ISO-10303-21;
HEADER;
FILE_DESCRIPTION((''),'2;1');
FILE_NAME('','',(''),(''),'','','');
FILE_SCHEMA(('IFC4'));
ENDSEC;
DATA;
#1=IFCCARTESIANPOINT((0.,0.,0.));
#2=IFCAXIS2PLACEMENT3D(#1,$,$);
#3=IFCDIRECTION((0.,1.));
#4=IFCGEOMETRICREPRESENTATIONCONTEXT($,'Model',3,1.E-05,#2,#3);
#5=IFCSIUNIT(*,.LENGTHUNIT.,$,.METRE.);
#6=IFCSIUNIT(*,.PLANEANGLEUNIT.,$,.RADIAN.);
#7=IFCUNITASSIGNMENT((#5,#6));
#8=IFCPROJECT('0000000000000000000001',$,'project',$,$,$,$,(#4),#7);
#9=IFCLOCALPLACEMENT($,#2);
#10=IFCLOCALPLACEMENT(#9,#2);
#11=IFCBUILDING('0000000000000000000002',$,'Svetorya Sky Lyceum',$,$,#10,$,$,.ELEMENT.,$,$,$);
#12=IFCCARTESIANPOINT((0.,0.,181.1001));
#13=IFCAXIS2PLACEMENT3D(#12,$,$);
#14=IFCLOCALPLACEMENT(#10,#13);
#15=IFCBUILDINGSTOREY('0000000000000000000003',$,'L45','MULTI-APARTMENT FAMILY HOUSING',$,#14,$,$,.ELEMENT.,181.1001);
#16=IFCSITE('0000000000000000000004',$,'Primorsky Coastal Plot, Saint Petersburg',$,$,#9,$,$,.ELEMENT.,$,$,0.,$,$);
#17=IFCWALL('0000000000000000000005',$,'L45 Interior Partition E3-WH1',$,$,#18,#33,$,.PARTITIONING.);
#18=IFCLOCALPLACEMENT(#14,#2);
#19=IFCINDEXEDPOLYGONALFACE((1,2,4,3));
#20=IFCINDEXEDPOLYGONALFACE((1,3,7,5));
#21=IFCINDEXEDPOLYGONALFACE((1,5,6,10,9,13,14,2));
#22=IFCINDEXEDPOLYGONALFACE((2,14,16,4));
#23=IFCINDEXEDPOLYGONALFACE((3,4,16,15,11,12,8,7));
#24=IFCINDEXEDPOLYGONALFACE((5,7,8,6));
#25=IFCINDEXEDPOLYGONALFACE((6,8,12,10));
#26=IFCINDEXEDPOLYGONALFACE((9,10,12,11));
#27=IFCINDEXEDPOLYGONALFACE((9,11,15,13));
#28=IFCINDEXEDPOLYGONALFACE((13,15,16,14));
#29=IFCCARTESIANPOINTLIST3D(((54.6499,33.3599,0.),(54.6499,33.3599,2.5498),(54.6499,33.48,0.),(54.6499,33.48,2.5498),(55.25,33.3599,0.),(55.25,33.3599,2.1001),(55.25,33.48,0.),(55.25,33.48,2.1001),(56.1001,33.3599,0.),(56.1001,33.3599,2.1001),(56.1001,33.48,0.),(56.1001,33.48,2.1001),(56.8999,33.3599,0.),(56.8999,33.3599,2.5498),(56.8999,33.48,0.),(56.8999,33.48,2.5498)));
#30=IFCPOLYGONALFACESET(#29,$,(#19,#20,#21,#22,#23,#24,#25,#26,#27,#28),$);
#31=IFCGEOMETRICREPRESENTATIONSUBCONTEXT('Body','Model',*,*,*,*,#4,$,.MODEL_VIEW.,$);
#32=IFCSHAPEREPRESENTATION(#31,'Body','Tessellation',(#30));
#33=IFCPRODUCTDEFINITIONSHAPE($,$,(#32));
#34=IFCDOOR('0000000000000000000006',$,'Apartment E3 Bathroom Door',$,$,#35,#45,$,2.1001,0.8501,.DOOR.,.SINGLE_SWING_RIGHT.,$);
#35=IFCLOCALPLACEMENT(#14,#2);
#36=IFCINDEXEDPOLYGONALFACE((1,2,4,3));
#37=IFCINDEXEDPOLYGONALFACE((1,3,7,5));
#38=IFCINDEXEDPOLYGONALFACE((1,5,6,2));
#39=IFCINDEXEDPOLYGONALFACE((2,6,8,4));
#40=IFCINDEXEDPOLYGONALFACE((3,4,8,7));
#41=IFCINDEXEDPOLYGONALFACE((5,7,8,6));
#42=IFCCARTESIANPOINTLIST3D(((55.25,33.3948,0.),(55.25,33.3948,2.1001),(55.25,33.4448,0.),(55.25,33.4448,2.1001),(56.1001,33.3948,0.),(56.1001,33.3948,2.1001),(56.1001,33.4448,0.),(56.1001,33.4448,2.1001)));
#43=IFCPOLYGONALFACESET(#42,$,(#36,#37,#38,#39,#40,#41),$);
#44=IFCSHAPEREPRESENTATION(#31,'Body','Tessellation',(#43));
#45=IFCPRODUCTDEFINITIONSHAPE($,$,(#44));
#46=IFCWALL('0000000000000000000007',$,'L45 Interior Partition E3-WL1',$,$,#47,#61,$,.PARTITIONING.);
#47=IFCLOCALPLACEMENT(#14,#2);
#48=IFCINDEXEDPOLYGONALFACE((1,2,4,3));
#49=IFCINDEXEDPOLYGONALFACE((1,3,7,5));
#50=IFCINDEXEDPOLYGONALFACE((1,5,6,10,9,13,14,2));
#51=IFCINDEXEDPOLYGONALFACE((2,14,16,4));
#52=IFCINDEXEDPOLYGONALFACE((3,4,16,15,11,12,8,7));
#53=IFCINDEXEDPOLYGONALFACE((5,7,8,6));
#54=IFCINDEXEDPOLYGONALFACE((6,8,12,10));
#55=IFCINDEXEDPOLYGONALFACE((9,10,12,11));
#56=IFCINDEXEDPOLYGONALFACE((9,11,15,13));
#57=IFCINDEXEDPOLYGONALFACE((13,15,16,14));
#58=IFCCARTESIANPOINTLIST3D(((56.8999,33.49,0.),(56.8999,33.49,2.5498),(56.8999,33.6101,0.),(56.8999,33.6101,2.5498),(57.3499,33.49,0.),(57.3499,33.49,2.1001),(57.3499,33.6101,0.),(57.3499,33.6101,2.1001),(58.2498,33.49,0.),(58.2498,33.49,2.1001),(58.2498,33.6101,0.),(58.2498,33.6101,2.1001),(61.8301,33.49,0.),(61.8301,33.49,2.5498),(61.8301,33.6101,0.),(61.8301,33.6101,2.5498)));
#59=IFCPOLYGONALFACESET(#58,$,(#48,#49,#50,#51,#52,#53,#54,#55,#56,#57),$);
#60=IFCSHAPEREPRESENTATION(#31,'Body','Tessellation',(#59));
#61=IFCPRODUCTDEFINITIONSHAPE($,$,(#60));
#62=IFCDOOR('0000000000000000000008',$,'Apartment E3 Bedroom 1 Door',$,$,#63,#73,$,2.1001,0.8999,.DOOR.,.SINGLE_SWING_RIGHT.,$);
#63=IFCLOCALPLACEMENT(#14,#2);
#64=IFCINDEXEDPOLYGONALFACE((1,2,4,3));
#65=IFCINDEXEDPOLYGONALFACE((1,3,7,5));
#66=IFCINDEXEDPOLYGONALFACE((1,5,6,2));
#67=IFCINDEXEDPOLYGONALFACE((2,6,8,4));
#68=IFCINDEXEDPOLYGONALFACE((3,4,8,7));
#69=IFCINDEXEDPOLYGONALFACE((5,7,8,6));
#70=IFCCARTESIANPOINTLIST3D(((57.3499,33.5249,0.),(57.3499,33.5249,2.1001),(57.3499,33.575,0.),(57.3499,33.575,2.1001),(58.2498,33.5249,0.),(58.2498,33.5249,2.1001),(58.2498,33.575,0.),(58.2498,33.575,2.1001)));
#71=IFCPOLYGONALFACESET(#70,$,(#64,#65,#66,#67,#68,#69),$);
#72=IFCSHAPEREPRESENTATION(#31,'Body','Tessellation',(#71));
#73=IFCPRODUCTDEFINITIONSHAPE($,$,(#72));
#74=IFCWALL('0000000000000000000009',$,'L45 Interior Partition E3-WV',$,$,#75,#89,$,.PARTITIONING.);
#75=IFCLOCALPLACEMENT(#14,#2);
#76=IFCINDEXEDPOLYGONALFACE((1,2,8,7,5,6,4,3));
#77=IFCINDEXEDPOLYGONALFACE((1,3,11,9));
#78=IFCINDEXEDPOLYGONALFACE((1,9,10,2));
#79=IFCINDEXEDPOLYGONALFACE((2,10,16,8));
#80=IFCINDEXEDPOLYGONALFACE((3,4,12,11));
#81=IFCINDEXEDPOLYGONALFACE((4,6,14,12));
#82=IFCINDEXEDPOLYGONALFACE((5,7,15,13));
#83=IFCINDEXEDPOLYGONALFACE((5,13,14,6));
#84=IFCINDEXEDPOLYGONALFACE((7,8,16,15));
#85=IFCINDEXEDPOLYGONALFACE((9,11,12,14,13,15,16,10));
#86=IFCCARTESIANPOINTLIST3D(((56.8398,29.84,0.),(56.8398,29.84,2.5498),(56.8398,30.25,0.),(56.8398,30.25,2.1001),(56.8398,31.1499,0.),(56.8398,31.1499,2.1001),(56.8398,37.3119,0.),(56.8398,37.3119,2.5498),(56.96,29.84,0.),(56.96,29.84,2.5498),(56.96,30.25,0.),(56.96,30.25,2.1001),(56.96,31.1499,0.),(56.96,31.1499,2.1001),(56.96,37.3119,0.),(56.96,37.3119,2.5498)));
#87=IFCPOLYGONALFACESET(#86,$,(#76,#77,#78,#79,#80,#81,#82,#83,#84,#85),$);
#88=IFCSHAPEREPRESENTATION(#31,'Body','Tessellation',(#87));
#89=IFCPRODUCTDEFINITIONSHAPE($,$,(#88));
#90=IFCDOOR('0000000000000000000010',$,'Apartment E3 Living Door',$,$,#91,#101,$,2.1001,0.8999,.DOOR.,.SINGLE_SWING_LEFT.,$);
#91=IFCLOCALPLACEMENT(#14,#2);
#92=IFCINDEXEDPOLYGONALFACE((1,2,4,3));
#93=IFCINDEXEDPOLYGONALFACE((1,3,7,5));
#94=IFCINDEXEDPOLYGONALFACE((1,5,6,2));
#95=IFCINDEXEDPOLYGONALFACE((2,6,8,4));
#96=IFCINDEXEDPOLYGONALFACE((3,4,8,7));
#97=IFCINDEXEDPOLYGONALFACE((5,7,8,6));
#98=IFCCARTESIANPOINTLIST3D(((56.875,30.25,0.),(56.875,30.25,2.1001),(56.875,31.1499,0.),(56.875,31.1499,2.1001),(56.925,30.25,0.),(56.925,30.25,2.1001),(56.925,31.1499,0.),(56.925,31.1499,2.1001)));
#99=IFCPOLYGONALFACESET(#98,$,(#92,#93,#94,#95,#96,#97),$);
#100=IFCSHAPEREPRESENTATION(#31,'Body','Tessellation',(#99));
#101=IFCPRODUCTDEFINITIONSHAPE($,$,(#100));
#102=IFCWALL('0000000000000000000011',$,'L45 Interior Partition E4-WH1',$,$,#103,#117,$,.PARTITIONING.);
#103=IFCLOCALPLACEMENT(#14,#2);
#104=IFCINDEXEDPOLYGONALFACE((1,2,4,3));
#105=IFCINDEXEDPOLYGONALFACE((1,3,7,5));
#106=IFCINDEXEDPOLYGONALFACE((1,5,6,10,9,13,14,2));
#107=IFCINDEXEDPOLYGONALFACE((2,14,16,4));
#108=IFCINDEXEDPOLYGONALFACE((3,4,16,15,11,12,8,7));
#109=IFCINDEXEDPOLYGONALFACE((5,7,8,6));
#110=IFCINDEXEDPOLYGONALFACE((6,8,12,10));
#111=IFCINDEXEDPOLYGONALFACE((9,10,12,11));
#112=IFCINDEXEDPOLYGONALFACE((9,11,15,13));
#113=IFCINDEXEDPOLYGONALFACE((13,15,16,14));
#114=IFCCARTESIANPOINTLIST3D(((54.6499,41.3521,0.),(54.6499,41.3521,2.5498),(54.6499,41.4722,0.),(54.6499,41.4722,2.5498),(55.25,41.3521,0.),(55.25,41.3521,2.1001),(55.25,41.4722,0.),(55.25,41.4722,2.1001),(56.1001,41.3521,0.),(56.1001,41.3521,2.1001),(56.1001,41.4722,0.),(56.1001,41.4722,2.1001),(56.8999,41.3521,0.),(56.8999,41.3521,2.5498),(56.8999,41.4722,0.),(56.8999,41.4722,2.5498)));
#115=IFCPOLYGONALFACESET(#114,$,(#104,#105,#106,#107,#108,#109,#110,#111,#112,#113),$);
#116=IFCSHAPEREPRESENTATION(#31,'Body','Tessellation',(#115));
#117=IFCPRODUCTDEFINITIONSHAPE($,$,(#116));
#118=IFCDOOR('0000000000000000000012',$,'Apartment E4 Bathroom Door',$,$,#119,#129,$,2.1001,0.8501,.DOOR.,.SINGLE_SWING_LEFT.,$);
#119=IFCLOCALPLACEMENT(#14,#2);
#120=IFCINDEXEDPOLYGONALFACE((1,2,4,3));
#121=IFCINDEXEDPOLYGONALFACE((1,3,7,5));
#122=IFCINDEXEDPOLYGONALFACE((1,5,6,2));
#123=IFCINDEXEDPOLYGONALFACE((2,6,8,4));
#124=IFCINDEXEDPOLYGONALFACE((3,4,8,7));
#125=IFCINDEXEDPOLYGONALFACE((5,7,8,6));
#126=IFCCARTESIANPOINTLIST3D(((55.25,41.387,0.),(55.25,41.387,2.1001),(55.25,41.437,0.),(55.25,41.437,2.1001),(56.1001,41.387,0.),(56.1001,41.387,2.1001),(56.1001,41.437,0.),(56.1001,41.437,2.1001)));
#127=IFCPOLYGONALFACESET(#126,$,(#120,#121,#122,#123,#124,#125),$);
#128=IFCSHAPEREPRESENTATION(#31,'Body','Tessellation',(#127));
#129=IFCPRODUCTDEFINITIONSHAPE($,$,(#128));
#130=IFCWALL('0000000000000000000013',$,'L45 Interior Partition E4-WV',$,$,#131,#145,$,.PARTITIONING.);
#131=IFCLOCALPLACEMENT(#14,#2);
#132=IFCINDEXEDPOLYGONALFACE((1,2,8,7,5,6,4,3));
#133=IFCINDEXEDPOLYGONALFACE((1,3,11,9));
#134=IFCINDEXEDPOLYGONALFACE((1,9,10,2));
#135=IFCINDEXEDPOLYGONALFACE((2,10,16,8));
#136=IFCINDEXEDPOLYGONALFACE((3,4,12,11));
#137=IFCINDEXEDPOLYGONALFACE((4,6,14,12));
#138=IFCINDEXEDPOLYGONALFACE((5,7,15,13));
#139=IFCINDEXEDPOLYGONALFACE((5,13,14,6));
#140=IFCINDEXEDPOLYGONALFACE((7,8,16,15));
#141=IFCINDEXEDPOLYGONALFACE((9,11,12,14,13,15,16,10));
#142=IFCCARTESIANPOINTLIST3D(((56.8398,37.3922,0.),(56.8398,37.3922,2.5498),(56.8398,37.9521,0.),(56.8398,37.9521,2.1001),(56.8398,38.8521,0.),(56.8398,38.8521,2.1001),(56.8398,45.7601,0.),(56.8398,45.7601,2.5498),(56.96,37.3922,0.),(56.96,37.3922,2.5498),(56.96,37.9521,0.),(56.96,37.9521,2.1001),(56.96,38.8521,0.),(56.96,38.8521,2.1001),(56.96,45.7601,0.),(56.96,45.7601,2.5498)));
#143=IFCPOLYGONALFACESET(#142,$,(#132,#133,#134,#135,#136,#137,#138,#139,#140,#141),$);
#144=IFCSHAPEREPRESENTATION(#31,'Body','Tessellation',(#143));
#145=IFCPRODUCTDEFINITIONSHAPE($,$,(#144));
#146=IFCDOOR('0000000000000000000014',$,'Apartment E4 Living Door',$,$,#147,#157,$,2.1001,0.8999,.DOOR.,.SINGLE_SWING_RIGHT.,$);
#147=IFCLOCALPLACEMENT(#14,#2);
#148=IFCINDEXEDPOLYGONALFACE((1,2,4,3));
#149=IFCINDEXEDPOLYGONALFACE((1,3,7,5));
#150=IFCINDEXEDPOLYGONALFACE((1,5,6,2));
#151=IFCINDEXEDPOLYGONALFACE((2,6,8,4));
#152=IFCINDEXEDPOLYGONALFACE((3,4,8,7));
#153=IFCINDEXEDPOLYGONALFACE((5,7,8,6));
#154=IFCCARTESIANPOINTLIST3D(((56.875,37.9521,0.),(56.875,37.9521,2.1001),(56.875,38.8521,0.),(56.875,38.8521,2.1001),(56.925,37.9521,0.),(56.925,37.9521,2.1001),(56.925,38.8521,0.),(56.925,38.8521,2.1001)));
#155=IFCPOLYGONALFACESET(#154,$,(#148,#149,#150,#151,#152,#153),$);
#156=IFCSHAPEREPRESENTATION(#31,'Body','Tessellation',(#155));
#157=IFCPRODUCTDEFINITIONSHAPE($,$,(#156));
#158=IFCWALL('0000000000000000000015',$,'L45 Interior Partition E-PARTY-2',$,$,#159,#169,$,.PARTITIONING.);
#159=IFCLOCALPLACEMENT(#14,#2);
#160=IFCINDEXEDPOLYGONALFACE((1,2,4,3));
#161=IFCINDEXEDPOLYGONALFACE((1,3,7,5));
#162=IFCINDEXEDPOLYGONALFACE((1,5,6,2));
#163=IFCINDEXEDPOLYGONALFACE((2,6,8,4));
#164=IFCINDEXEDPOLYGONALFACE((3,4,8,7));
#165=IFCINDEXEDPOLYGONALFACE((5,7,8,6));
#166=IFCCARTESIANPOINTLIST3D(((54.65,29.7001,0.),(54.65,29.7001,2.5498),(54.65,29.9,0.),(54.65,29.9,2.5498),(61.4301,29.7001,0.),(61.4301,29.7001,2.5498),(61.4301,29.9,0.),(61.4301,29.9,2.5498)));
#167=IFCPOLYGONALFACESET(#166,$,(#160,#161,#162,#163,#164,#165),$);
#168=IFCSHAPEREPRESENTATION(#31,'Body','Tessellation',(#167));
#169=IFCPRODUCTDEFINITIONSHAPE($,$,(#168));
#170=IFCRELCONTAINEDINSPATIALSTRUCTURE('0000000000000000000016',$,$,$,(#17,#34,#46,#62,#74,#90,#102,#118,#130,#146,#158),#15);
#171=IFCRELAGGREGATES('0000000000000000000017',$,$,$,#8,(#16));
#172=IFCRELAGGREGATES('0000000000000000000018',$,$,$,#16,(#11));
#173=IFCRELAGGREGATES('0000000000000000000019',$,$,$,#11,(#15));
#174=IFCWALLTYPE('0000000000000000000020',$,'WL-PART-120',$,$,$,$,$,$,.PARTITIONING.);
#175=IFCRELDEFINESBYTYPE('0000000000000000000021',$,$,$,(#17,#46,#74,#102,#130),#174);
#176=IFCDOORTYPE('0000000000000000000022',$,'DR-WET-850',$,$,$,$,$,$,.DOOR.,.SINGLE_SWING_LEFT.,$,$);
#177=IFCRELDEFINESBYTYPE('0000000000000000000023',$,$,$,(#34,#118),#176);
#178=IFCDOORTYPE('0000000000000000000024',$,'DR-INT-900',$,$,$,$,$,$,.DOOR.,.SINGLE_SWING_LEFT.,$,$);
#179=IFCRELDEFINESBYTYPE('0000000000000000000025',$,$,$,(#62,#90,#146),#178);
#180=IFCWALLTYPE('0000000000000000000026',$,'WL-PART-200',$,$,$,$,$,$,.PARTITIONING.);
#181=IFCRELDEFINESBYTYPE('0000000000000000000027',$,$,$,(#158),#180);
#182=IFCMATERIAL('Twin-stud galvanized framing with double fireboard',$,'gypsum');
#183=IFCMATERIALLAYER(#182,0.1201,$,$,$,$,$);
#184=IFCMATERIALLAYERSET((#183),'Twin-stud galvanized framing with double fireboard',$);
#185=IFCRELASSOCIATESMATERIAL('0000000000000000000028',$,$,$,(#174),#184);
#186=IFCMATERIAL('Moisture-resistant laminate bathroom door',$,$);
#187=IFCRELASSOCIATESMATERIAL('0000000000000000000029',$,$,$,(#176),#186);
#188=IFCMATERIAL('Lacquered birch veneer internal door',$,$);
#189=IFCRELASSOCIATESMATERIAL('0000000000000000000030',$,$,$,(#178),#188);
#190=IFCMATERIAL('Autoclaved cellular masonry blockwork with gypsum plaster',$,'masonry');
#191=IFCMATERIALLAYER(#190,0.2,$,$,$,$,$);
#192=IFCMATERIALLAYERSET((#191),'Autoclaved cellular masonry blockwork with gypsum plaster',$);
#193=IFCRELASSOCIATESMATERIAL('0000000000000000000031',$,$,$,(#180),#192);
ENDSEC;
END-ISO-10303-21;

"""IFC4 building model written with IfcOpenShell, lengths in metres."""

from ifc_helpers import new_model, si_unit, direction, frame, frame_2d, origin, place, context, subcontext, project, spatial, rectangle, extrude, material, layer, layer_set, type_object, element, fill, save


model = new_model("IFC4")

# Units and contexts
model_context = context("Model", 3, precision=1e-05, world=origin(), true_north=direction((0.0, 1.0)))
body_context = subcontext(model_context, "Body", "Model", "MODEL_VIEW")
ifc_project = project(units=[si_unit("LENGTHUNIT", "METRE"), si_unit("PLANEANGLEUNIT", "RADIAN")], contexts=[model_context])

# Site, building, storey
site_placement = place(None, origin())
site = spatial("IfcSite", under=ifc_project, at=site_placement, Name="Primorsky Coastal Plot, Saint Petersburg", CompositionType="ELEMENT", RefElevation=0.0)
building_placement = place(site_placement, origin())
building = spatial("IfcBuilding", under=site, at=building_placement, Name="Svetorya Sky Lyceum", CompositionType="ELEMENT")
storey_placement = place(building_placement, frame((0.0, 0.0, 181.1001)))
storey = spatial("IfcBuildingStorey", under=building, at=storey_placement, Name="L45", Description="MULTI-APARTMENT FAMILY HOUSING", CompositionType="ELEMENT", Elevation=181.1001)

# Walls, openings, doors
ifc_material_1 = material(Name="Twin-stud galvanized framing with double fireboard", Category="gypsum")
ifc_layer_1 = layer(ifc_material_1, 0.1201)
ifc_layer_set_1 = layer_set([ifc_layer_1], Name="Twin-stud galvanized framing with double fireboard")
wall_type_1 = type_object("IfcWallType", Name="WL-PART-120", PredefinedType="PARTITIONING", material=ifc_layer_set_1)
wall_1_placement = place(storey_placement, frame((54.6499, 33.4199, 0.0), z_axis=(0.0, 0.0, 1.0), x_axis=(1.0, 0.0, 0.0)))
wall_1 = element("IfcWall", 1, at=wall_1_placement, inside=storey, type_object=wall_type_1, Name="L45 Interior Partition E3-WH1", PredefinedType="PARTITIONING", context=body_context, shape_type="SweptSolid", body=[
    extrude(rectangle(XDim=2.25, YDim=0.1201, at=frame_2d((1.125, 0.0))), origin(), (0.0, 0.0, 1.0), 2.5498),
])
opening_1_placement = place(wall_1_placement, frame((0.6001, 0.0, 0.0)))
opening_1 = element("IfcOpeningElement", 2, at=opening_1_placement, cuts=wall_1, PredefinedType="OPENING", context=body_context, shape_type="SweptSolid", body=[
    extrude(rectangle(XDim=0.8501, YDim=2.1001, at=frame_2d((0.425, 1.05))), frame((0.0, 0.0701, 0.0), z_axis=(0.0, -1.0, 0.0), x_axis=(1.0, 0.0, 0.0)), (0.0, 0.0, 1.0), 0.1401),
])
ifc_material_2 = material(Name="Moisture-resistant laminate bathroom door")
door_type_1 = type_object("IfcDoorType", Name="DR-WET-850", OperationType="SINGLE_SWING_LEFT", PredefinedType="DOOR", material=ifc_material_2)
door_1_placement = place(opening_1_placement, origin())
door_1 = element("IfcDoor", 3, at=door_1_placement, inside=storey, type_object=door_type_1, Name="Apartment E3 Bathroom Door", OperationType="SINGLE_SWING_RIGHT", OverallHeight=2.1001, OverallWidth=0.8501, PredefinedType="DOOR", context=body_context, shape_type="SweptSolid", body=[
    extrude(rectangle(XDim=0.8501, YDim=2.1001, at=frame_2d((0.425, 1.05))), frame((0.0, 0.0249, 0.0), z_axis=(0.0, -1.0, 0.0), x_axis=(1.0, 0.0, 0.0)), (0.0, 0.0, 1.0), 0.05),
])
fill(opening_1, door_1)
wall_2_placement = place(storey_placement, frame((56.8999, 33.55, 0.0), z_axis=(0.0, 0.0, 1.0), x_axis=(1.0, 0.0, 0.0)))
wall_2 = element("IfcWall", 4, at=wall_2_placement, inside=storey, type_object=wall_type_1, Name="L45 Interior Partition E3-WL1", PredefinedType="PARTITIONING", context=body_context, shape_type="SweptSolid", body=[
    extrude(rectangle(XDim=4.9302, YDim=0.1201, at=frame_2d((2.4651, 0.0))), origin(), (0.0, 0.0, 1.0), 2.5498),
])
opening_2_placement = place(wall_2_placement, frame((0.45, 0.0, 0.0)))
opening_2 = element("IfcOpeningElement", 5, at=opening_2_placement, cuts=wall_2, PredefinedType="OPENING", context=body_context, shape_type="SweptSolid", body=[
    extrude(rectangle(XDim=0.8999, YDim=2.1001, at=frame_2d((0.45, 1.05))), frame((0.0, 0.0701, 0.0), z_axis=(0.0, -1.0, 0.0), x_axis=(1.0, 0.0, 0.0)), (0.0, 0.0, 1.0), 0.1401),
])
ifc_material_3 = material(Name="Lacquered birch veneer internal door")
door_type_2 = type_object("IfcDoorType", Name="DR-INT-900", OperationType="SINGLE_SWING_LEFT", PredefinedType="DOOR", material=ifc_material_3)
door_2_placement = place(opening_2_placement, origin())
door_2 = element("IfcDoor", 6, at=door_2_placement, inside=storey, type_object=door_type_2, Name="Apartment E3 Bedroom 1 Door", OperationType="SINGLE_SWING_RIGHT", OverallHeight=2.1001, OverallWidth=0.8999, PredefinedType="DOOR", context=body_context, shape_type="SweptSolid", body=[
    extrude(rectangle(XDim=0.8999, YDim=2.1001, at=frame_2d((0.45, 1.05))), frame((0.0, 0.0249, 0.0), z_axis=(0.0, -1.0, 0.0), x_axis=(1.0, 0.0, 0.0)), (0.0, 0.0, 1.0), 0.05),
])
fill(opening_2, door_2)
wall_3_placement = place(storey_placement, frame((56.8999, 29.8401, 0.0), z_axis=(0.0, 0.0, 1.0), x_axis=(0.0, 1.0, 0.0)))
wall_3 = element("IfcWall", 7, at=wall_3_placement, inside=storey, type_object=wall_type_1, Name="L45 Interior Partition E3-WV", PredefinedType="PARTITIONING", context=body_context, shape_type="SweptSolid", body=[
    extrude(rectangle(XDim=7.4719, YDim=0.1201, at=frame_2d((3.7358, 0.0))), origin(), (0.0, 0.0, 1.0), 2.5498),
])
opening_3_placement = place(wall_3_placement, frame((0.4099, 0.0, 0.0)))
opening_3 = element("IfcOpeningElement", 8, at=opening_3_placement, cuts=wall_3, PredefinedType="OPENING", context=body_context, shape_type="SweptSolid", body=[
    extrude(rectangle(XDim=0.8999, YDim=2.1001, at=frame_2d((0.45, 1.05))), frame((0.0, 0.0701, 0.0), z_axis=(0.0, -1.0, 0.0), x_axis=(1.0, 0.0, 0.0)), (0.0, 0.0, 1.0), 0.1401),
])
door_3_placement = place(opening_3_placement, origin())
door_3 = element("IfcDoor", 9, at=door_3_placement, inside=storey, type_object=door_type_2, Name="Apartment E3 Living Door", OperationType="SINGLE_SWING_LEFT", OverallHeight=2.1001, OverallWidth=0.8999, PredefinedType="DOOR", context=body_context, shape_type="SweptSolid", body=[
    extrude(rectangle(XDim=0.8999, YDim=2.1001, at=frame_2d((0.45, 1.05))), frame((0.0, 0.0249, 0.0), z_axis=(0.0, -1.0, 0.0), x_axis=(1.0, 0.0, 0.0)), (0.0, 0.0, 1.0), 0.05),
])
fill(opening_3, door_3)
wall_4_placement = place(storey_placement, frame((54.6499, 41.4121, 0.0), z_axis=(0.0, 0.0, 1.0), x_axis=(1.0, 0.0, 0.0)))
wall_4 = element("IfcWall", 10, at=wall_4_placement, inside=storey, type_object=wall_type_1, Name="L45 Interior Partition E4-WH1", PredefinedType="PARTITIONING", context=body_context, shape_type="SweptSolid", body=[
    extrude(rectangle(XDim=2.25, YDim=0.1201, at=frame_2d((1.125, 0.0))), origin(), (0.0, 0.0, 1.0), 2.5498),
])
opening_4_placement = place(wall_4_placement, frame((0.6001, 0.0, 0.0)))
opening_4 = element("IfcOpeningElement", 11, at=opening_4_placement, cuts=wall_4, PredefinedType="OPENING", context=body_context, shape_type="SweptSolid", body=[
    extrude(rectangle(XDim=0.8501, YDim=2.1001, at=frame_2d((0.425, 1.05))), frame((0.0, 0.0701, 0.0), z_axis=(0.0, -1.0, 0.0), x_axis=(1.0, 0.0, 0.0)), (0.0, 0.0, 1.0), 0.1401),
])
door_4_placement = place(opening_4_placement, origin())
door_4 = element("IfcDoor", 12, at=door_4_placement, inside=storey, type_object=door_type_1, Name="Apartment E4 Bathroom Door", OperationType="SINGLE_SWING_LEFT", OverallHeight=2.1001, OverallWidth=0.8501, PredefinedType="DOOR", context=body_context, shape_type="SweptSolid", body=[
    extrude(rectangle(XDim=0.8501, YDim=2.1001, at=frame_2d((0.425, 1.05))), frame((0.0, 0.0249, 0.0), z_axis=(0.0, -1.0, 0.0), x_axis=(1.0, 0.0, 0.0)), (0.0, 0.0, 1.0), 0.05),
])
fill(opening_4, door_4)
wall_5_placement = place(storey_placement, frame((56.8999, 37.3921, 0.0), z_axis=(0.0, 0.0, 1.0), x_axis=(0.0, 1.0, 0.0)))
wall_5 = element("IfcWall", 13, at=wall_5_placement, inside=storey, type_object=wall_type_1, Name="L45 Interior Partition E4-WV", PredefinedType="PARTITIONING", context=body_context, shape_type="SweptSolid", body=[
    extrude(rectangle(XDim=8.3679, YDim=0.1201, at=frame_2d((4.1841, 0.0))), origin(), (0.0, 0.0, 1.0), 2.5498),
])
opening_5_placement = place(wall_5_placement, frame((0.5601, 0.0, 0.0)))
opening_5 = element("IfcOpeningElement", 14, at=opening_5_placement, cuts=wall_5, PredefinedType="OPENING", context=body_context, shape_type="SweptSolid", body=[
    extrude(rectangle(XDim=0.8999, YDim=2.1001, at=frame_2d((0.45, 1.05))), frame((0.0, 0.0701, 0.0), z_axis=(0.0, -1.0, 0.0), x_axis=(1.0, 0.0, 0.0)), (0.0, 0.0, 1.0), 0.1401),
])
door_5_placement = place(opening_5_placement, origin())
door_5 = element("IfcDoor", 15, at=door_5_placement, inside=storey, type_object=door_type_2, Name="Apartment E4 Living Door", OperationType="SINGLE_SWING_RIGHT", OverallHeight=2.1001, OverallWidth=0.8999, PredefinedType="DOOR", context=body_context, shape_type="SweptSolid", body=[
    extrude(rectangle(XDim=0.8999, YDim=2.1001, at=frame_2d((0.45, 1.05))), frame((0.0, 0.0249, 0.0), z_axis=(0.0, -1.0, 0.0), x_axis=(1.0, 0.0, 0.0)), (0.0, 0.0, 1.0), 0.05),
])
fill(opening_5, door_5)

# Wall
ifc_material_4 = material(Name="Autoclaved cellular masonry blockwork with gypsum plaster", Category="masonry")
ifc_layer_2 = layer(ifc_material_4, 0.2)
ifc_layer_set_2 = layer_set([ifc_layer_2], Name="Autoclaved cellular masonry blockwork with gypsum plaster")
wall_type_2 = type_object("IfcWallType", Name="WL-PART-200", PredefinedType="PARTITIONING", material=ifc_layer_set_2)
wall_6_placement = place(storey_placement, frame((54.6499, 29.8, 0.0), z_axis=(0.0, 0.0, 1.0), x_axis=(1.0, 0.0, 0.0)))
element("IfcWall", 16, at=wall_6_placement, inside=storey, type_object=wall_type_2, Name="L45 Interior Partition E-PARTY-2", PredefinedType="PARTITIONING", context=body_context, shape_type="SweptSolid", body=[
    extrude(rectangle(XDim=6.78, YDim=0.2, at=frame_2d((3.3901, 0.0))), origin(), (0.0, 0.0, 1.0), 2.5498),
])

save(model, "model.ifc")
